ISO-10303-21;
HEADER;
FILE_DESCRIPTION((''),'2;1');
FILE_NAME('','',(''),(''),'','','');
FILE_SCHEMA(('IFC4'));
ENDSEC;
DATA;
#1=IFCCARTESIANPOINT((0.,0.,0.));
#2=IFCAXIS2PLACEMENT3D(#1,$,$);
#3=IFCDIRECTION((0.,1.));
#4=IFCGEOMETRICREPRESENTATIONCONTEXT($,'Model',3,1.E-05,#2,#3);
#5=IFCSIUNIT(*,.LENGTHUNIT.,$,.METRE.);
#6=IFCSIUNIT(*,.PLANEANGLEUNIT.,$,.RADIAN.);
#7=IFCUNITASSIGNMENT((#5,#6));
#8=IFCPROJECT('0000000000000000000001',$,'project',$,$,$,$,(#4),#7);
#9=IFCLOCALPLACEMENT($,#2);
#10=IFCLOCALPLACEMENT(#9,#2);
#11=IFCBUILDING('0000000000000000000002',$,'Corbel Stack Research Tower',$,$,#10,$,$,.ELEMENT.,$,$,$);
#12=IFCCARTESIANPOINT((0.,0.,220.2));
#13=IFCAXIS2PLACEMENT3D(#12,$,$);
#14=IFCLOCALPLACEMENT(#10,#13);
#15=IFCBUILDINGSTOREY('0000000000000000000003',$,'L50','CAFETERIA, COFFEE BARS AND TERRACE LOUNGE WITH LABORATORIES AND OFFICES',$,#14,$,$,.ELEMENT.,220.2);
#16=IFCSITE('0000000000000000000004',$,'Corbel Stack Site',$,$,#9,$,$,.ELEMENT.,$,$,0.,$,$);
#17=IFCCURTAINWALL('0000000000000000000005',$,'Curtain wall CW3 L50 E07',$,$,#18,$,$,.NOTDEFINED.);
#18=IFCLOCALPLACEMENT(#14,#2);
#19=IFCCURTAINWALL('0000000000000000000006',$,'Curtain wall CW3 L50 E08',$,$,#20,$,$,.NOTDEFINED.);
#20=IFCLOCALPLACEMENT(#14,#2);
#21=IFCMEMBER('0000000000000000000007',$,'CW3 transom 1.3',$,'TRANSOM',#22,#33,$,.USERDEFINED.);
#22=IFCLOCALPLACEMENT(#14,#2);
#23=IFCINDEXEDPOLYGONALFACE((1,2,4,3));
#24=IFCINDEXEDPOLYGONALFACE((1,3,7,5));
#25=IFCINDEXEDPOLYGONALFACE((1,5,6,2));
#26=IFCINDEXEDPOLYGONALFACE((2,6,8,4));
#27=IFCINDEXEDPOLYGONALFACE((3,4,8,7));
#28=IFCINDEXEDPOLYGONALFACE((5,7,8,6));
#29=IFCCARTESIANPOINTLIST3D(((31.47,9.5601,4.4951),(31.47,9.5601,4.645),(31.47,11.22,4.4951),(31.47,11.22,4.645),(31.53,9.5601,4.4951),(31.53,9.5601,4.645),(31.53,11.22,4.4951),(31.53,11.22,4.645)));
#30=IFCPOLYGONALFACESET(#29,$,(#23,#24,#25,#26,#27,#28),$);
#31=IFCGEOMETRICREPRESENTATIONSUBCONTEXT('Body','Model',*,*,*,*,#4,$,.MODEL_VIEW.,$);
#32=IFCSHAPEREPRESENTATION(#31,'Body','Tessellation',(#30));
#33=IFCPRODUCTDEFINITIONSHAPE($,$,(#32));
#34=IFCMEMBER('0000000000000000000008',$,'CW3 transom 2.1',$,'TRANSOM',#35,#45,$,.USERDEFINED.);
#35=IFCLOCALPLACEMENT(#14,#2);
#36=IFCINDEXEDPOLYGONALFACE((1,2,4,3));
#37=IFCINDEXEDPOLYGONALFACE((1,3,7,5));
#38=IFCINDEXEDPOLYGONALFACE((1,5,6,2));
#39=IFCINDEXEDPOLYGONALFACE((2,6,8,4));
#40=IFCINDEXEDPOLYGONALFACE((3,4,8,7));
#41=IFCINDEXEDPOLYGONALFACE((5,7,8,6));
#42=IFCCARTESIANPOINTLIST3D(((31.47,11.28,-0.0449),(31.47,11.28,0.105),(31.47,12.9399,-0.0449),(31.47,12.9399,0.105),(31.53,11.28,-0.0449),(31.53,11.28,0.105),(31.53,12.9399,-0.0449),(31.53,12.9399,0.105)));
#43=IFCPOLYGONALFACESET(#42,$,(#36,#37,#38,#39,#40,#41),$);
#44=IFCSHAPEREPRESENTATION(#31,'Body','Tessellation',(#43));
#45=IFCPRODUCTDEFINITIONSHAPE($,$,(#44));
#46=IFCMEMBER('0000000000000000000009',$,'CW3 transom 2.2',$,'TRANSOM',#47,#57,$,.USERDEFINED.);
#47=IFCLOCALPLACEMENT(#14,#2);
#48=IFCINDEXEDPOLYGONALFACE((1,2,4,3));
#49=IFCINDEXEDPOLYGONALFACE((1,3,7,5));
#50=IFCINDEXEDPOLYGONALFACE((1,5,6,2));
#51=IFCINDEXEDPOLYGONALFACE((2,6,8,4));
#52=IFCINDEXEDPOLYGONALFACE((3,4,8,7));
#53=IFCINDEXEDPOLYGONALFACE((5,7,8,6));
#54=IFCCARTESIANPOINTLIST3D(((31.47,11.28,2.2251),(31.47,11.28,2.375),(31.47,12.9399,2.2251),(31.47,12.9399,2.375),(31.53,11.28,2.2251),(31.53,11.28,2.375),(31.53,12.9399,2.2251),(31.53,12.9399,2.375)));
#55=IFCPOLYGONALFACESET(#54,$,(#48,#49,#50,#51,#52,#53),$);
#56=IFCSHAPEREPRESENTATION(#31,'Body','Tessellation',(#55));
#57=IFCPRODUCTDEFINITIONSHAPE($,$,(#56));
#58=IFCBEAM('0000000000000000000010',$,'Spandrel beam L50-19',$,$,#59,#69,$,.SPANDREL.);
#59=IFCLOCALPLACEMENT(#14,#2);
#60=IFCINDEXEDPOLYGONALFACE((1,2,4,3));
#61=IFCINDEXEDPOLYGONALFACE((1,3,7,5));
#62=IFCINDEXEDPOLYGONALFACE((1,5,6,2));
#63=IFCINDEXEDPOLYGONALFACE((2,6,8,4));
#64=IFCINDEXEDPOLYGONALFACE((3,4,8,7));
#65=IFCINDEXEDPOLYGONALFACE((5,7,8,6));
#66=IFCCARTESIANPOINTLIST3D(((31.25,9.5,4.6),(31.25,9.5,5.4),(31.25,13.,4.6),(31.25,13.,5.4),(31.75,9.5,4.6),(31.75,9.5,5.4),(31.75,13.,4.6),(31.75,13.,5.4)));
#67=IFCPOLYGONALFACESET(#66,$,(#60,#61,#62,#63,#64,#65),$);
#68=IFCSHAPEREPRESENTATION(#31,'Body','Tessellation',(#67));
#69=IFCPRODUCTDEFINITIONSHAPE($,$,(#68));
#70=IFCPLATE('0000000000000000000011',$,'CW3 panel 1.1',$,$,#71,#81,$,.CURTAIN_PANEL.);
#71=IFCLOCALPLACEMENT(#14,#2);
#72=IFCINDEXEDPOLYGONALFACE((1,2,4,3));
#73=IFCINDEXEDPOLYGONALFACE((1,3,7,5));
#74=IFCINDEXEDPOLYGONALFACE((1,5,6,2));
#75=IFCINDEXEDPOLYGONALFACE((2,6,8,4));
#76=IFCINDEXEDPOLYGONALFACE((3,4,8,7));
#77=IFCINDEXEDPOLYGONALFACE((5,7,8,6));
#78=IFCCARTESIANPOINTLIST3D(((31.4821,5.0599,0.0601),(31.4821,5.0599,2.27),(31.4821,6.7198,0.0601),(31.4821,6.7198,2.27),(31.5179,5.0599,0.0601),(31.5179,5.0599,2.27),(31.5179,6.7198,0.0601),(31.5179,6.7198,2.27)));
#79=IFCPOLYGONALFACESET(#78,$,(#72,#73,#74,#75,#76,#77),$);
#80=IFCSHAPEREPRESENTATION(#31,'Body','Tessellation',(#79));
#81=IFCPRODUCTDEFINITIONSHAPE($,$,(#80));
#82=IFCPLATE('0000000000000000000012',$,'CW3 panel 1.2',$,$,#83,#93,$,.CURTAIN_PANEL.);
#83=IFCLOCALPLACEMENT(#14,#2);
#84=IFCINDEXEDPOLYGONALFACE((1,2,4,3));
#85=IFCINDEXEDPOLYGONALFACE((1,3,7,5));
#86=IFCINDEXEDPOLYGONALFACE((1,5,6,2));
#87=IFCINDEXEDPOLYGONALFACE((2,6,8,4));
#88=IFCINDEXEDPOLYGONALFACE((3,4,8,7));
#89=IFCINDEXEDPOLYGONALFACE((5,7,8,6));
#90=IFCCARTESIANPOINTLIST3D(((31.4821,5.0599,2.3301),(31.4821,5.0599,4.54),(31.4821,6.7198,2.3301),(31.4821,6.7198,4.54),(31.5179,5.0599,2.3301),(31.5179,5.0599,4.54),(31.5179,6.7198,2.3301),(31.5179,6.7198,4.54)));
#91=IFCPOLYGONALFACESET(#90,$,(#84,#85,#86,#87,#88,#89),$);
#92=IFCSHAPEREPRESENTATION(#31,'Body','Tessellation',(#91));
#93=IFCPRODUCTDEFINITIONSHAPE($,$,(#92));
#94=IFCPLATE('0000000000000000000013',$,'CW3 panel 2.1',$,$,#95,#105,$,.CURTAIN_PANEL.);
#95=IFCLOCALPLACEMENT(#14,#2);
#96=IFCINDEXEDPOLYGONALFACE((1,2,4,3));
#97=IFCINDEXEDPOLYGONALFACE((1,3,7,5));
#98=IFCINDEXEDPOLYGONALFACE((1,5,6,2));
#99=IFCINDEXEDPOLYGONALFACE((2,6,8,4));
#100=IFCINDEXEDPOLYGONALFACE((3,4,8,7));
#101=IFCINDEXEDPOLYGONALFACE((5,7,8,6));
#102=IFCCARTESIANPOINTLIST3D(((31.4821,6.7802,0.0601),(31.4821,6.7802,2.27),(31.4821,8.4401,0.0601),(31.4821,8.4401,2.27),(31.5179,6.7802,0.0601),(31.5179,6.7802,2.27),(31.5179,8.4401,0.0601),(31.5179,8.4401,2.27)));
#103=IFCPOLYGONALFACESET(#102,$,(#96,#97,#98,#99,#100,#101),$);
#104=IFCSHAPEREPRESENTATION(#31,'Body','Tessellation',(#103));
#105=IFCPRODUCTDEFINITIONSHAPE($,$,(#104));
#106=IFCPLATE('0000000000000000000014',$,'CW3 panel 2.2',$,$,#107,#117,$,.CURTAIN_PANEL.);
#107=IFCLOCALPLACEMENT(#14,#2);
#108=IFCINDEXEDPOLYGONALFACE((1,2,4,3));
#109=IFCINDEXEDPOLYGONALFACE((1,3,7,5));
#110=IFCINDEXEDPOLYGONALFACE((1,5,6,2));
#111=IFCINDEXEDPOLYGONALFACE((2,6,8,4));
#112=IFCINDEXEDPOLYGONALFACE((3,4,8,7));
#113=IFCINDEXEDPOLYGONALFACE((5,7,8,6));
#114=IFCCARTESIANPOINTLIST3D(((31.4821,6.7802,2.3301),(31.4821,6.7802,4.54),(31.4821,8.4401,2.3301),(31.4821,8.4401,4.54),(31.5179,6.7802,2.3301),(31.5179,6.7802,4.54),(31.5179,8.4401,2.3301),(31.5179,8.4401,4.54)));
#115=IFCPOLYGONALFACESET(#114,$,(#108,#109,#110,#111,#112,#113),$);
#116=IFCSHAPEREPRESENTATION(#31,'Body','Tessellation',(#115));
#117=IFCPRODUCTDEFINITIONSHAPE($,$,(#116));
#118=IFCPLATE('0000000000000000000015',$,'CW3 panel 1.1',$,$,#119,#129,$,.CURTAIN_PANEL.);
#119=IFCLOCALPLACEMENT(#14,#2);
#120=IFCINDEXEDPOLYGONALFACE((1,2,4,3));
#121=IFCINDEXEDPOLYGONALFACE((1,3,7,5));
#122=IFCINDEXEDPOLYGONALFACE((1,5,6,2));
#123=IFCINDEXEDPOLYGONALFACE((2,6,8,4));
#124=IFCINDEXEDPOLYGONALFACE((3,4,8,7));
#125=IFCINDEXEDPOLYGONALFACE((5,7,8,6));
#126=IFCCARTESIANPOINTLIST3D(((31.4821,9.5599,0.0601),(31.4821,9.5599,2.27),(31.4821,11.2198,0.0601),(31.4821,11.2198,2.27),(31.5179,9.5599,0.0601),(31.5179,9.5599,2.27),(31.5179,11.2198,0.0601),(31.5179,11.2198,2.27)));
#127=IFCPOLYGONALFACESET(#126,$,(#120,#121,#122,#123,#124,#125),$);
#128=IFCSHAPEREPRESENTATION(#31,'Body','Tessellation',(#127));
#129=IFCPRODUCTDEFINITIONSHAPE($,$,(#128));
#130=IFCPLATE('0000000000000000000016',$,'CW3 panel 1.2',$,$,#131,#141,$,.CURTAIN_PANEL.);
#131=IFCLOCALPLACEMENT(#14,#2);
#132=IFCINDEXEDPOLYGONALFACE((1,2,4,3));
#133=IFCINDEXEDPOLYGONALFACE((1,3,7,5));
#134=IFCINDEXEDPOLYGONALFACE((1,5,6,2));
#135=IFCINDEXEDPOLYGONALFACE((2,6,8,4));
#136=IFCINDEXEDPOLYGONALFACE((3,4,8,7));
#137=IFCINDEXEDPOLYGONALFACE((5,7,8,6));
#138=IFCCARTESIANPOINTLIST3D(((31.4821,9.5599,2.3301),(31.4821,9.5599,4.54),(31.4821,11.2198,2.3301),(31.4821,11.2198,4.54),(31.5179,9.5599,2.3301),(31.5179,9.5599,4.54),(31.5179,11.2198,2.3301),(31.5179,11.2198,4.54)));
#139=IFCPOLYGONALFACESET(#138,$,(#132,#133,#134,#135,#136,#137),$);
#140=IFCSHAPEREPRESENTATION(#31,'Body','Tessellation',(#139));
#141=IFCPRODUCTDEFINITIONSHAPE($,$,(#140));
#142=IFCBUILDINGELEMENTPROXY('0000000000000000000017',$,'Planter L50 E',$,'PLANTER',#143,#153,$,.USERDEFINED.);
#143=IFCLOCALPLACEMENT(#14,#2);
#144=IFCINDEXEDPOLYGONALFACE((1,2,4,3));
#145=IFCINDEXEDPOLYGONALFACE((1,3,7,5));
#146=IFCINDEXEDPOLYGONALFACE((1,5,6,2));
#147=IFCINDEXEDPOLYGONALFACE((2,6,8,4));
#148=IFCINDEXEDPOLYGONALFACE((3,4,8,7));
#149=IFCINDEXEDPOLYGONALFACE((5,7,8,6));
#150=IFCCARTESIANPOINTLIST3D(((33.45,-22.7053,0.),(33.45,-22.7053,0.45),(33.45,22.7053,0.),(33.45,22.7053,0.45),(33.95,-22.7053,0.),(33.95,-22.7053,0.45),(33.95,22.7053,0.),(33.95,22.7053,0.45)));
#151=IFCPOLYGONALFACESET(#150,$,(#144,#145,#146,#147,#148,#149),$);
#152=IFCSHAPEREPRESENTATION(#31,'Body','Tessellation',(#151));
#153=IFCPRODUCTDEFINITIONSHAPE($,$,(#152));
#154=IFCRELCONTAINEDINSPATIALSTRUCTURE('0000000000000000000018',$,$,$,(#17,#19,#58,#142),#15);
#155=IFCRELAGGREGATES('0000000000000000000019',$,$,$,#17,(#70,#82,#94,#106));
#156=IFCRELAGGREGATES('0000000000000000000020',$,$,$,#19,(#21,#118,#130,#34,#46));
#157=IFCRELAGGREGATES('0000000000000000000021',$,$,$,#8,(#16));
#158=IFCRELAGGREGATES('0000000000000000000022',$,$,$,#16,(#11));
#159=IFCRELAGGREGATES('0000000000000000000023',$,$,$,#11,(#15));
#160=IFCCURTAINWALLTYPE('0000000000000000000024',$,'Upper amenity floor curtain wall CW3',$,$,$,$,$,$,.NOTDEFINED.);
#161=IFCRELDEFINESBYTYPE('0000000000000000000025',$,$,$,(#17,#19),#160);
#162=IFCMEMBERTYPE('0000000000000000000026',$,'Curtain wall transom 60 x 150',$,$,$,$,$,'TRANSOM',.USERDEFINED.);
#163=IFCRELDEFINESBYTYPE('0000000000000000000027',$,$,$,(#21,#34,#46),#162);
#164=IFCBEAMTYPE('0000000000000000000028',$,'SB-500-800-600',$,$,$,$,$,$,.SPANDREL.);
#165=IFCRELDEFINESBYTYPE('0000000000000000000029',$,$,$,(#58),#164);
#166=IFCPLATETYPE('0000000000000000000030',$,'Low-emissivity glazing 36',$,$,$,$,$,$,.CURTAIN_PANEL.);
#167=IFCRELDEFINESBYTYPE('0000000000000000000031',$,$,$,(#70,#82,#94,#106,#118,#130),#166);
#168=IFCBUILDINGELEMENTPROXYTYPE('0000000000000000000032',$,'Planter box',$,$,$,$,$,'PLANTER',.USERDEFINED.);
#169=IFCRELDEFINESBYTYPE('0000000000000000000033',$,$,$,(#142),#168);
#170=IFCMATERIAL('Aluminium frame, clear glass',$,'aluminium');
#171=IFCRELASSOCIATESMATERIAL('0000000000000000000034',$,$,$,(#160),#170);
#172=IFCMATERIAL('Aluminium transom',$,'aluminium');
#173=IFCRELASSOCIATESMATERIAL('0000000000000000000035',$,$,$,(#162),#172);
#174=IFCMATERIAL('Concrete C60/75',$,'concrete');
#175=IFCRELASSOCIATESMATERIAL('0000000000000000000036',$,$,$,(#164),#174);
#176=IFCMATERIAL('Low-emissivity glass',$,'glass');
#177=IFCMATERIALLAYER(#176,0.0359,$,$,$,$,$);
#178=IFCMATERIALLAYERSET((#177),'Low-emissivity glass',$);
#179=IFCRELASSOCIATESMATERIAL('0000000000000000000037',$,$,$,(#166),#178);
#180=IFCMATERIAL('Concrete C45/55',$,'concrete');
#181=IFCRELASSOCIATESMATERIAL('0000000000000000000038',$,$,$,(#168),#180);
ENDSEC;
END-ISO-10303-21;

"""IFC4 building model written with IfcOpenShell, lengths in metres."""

from ifc_helpers import new_model, si_unit, direction, frame, origin, origin_2d, place, context, subcontext, project, spatial, rectangle, extrude, material, layer, layer_set, material_profile, profile_set, type_object, element, aggregate, save


model = new_model("IFC4")

# Units and contexts
model_context = context("Model", 3, precision=1e-05, world=origin(), true_north=direction((0.0, 1.0)))
body_context = subcontext(model_context, "Body", "Model", "MODEL_VIEW")
ifc_project = project(units=[si_unit("LENGTHUNIT", "METRE"), si_unit("PLANEANGLEUNIT", "RADIAN")], contexts=[model_context])

# Site, building, storey
site_placement = place(None, origin())
site = spatial("IfcSite", under=ifc_project, at=site_placement, Name="Corbel Stack Site", CompositionType="ELEMENT", RefElevation=0.0)
building_placement = place(site_placement, origin())
building = spatial("IfcBuilding", under=site, at=building_placement, Name="Corbel Stack Research Tower", CompositionType="ELEMENT")
storey_placement = place(building_placement, frame((0.0, 0.0, 220.2)))
storey = spatial("IfcBuildingStorey", under=building, at=storey_placement, Name="L50", Description="CAFETERIA, COFFEE BARS AND TERRACE LOUNGE WITH LABORATORIES AND OFFICES", CompositionType="ELEMENT", Elevation=220.2)

# Curtain walls
ifc_material_1 = material(Name="Aluminium frame, clear glass", Category="aluminium")
curtain_wall_type = type_object("IfcCurtainWallType", Name="Upper amenity floor curtain wall CW3", PredefinedType="NOTDEFINED", material=ifc_material_1)
curtain_wall_1_placement = place(storey_placement, origin())
curtain_wall_1 = element("IfcCurtainWall", 1, at=curtain_wall_1_placement, inside=storey, type_object=curtain_wall_type, Name="Curtain wall CW3 L50 E07", PredefinedType="NOTDEFINED")
curtain_wall_2_placement = place(storey_placement, origin())
curtain_wall_2 = element("IfcCurtainWall", 2, at=curtain_wall_2_placement, inside=storey, type_object=curtain_wall_type, Name="Curtain wall CW3 L50 E08", PredefinedType="NOTDEFINED")

# Members
ifc_material_2 = material(Name="Aluminium transom", Category="aluminium")
ifc_material_profile_1 = material_profile(ifc_material_2, rectangle(XDim=0.0601, YDim=0.1499, at=origin_2d()), Name="Transom 60 x 150")
ifc_profile_set_1 = profile_set([ifc_material_profile_1], Name="Aluminium transom")
member_type_1 = type_object("IfcMemberType", Name="Curtain wall transom 60 x 150", ElementType="TRANSOM", PredefinedType="USERDEFINED", material=ifc_profile_set_1)
member_1_placement = place(storey_placement, frame((31.5, 9.5601, 4.5701), z_axis=(0.0, 1.0, 0.0), x_axis=(-1.0, 0.0, 0.0)))
member_1 = element("IfcMember", 3, at=member_1_placement, type_object=member_type_1, Name="CW3 transom 1.3", ObjectType="TRANSOM", PredefinedType="USERDEFINED", context=body_context, shape_type="SweptSolid", body=[
    extrude(rectangle(XDim=0.0601, YDim=0.1499, at=origin_2d()), origin(), (0.0, 0.0, 1.0), 1.6599),
])
member_2_placement = place(storey_placement, frame((31.5, 11.28, 0.03), z_axis=(0.0, 1.0, 0.0), x_axis=(-1.0, 0.0, 0.0)))
member_2 = element("IfcMember", 4, at=member_2_placement, type_object=member_type_1, Name="CW3 transom 2.1", ObjectType="TRANSOM", PredefinedType="USERDEFINED", context=body_context, shape_type="SweptSolid", body=[
    extrude(rectangle(XDim=0.0601, YDim=0.1499, at=origin_2d()), origin(), (0.0, 0.0, 1.0), 1.6599),
])
member_3_placement = place(storey_placement, frame((31.5, 11.28, 2.3), z_axis=(0.0, 1.0, 0.0), x_axis=(-1.0, 0.0, 0.0)))
member_3 = element("IfcMember", 5, at=member_3_placement, type_object=member_type_1, Name="CW3 transom 2.2", ObjectType="TRANSOM", PredefinedType="USERDEFINED", context=body_context, shape_type="SweptSolid", body=[
    extrude(rectangle(XDim=0.0601, YDim=0.1499, at=origin_2d()), origin(), (0.0, 0.0, 1.0), 1.6599),
])

# Beam
ifc_material_3 = material(Name="Concrete C60/75", Category="concrete")
ifc_material_profile_2 = material_profile(ifc_material_3, rectangle(XDim=0.5, YDim=0.8, at=origin_2d()), Name="RC 500 x 800")
ifc_profile_set_2 = profile_set([ifc_material_profile_2], Name="Concrete C60/75")
beam_type = type_object("IfcBeamType", Name="SB-500-800-600", PredefinedType="SPANDREL", material=ifc_profile_set_2)
beam_placement = place(storey_placement, frame((31.5, 9.5, 5.0), z_axis=(0.0, 1.0, 0.0), x_axis=(-1.0, 0.0, 0.0)))
element("IfcBeam", 6, at=beam_placement, inside=storey, type_object=beam_type, Name="Spandrel beam L50-19", PredefinedType="SPANDREL", context=body_context, shape_type="SweptSolid", body=[
    extrude(rectangle(XDim=0.5, YDim=0.8, at=origin_2d()), origin(), (0.0, 0.0, 1.0), 3.5),
])

# Plates
ifc_material_4 = material(Name="Low-emissivity glass", Category="glass")
ifc_layer = layer(ifc_material_4, 0.0359)
ifc_layer_set = layer_set([ifc_layer], Name="Low-emissivity glass")
plate_type = type_object("IfcPlateType", Name="Low-emissivity glazing 36", PredefinedType="CURTAIN_PANEL", material=ifc_layer_set)
plate_1_placement = place(storey_placement, frame((31.5, 5.8899, 0.0601), z_axis=(0.0, 0.0, 1.0), x_axis=(0.0, 1.0, 0.0)))
plate_1 = element("IfcPlate", 7, at=plate_1_placement, type_object=plate_type, Name="CW3 panel 1.1", PredefinedType="CURTAIN_PANEL", context=body_context, shape_type="SweptSolid", body=[
    extrude(rectangle(XDim=1.6599, YDim=0.0359, at=origin_2d()), origin(), (0.0, 0.0, 1.0), 2.21),
])
plate_2_placement = place(storey_placement, frame((31.5, 5.8899, 2.3301), z_axis=(0.0, 0.0, 1.0), x_axis=(0.0, 1.0, 0.0)))
plate_2 = element("IfcPlate", 8, at=plate_2_placement, type_object=plate_type, Name="CW3 panel 1.2", PredefinedType="CURTAIN_PANEL", context=body_context, shape_type="SweptSolid", body=[
    extrude(rectangle(XDim=1.6599, YDim=0.0359, at=origin_2d()), origin(), (0.0, 0.0, 1.0), 2.21),
])
plate_3_placement = place(storey_placement, frame((31.5, 7.6101, 0.0601), z_axis=(0.0, 0.0, 1.0), x_axis=(0.0, 1.0, 0.0)))
plate_3 = element("IfcPlate", 9, at=plate_3_placement, type_object=plate_type, Name="CW3 panel 2.1", PredefinedType="CURTAIN_PANEL", context=body_context, shape_type="SweptSolid", body=[
    extrude(rectangle(XDim=1.6599, YDim=0.0359, at=origin_2d()), origin(), (0.0, 0.0, 1.0), 2.21),
])
plate_4_placement = place(storey_placement, frame((31.5, 7.6101, 2.3301), z_axis=(0.0, 0.0, 1.0), x_axis=(0.0, 1.0, 0.0)))
plate_4 = element("IfcPlate", 10, at=plate_4_placement, type_object=plate_type, Name="CW3 panel 2.2", PredefinedType="CURTAIN_PANEL", context=body_context, shape_type="SweptSolid", body=[
    extrude(rectangle(XDim=1.6599, YDim=0.0359, at=origin_2d()), origin(), (0.0, 0.0, 1.0), 2.21),
])
aggregate(curtain_wall_1, [plate_1, plate_2, plate_3, plate_4])
plate_5_placement = place(storey_placement, frame((31.5, 10.3899, 0.0601), z_axis=(0.0, 0.0, 1.0), x_axis=(0.0, 1.0, 0.0)))
plate_5 = element("IfcPlate", 11, at=plate_5_placement, type_object=plate_type, Name="CW3 panel 1.1", PredefinedType="CURTAIN_PANEL", context=body_context, shape_type="SweptSolid", body=[
    extrude(rectangle(XDim=1.6599, YDim=0.0359, at=origin_2d()), origin(), (0.0, 0.0, 1.0), 2.21),
])
plate_6_placement = place(storey_placement, frame((31.5, 10.3899, 2.3301), z_axis=(0.0, 0.0, 1.0), x_axis=(0.0, 1.0, 0.0)))
plate_6 = element("IfcPlate", 12, at=plate_6_placement, type_object=plate_type, Name="CW3 panel 1.2", PredefinedType="CURTAIN_PANEL", context=body_context, shape_type="SweptSolid", body=[
    extrude(rectangle(XDim=1.6599, YDim=0.0359, at=origin_2d()), origin(), (0.0, 0.0, 1.0), 2.21),
])
aggregate(curtain_wall_2, [member_1, plate_5, plate_6, member_2, member_3])

# Building element proxy
ifc_material_5 = material(Name="Concrete C45/55", Category="concrete")
building_element_proxy_type = type_object("IfcBuildingElementProxyType", Name="Planter box", ElementType="PLANTER", PredefinedType="USERDEFINED", material=ifc_material_5)
proxy_placement = place(storey_placement, frame((33.7, 0.0, 0.0), z_axis=(0.0, 0.0, 1.0), x_axis=(0.0, 1.0, 0.0)))
element("IfcBuildingElementProxy", 13, at=proxy_placement, inside=storey, type_object=building_element_proxy_type, Name="Planter L50 E", ObjectType="PLANTER", PredefinedType="USERDEFINED", context=body_context, shape_type="SweptSolid", body=[
    extrude(rectangle(XDim=45.4106, YDim=0.5, at=origin_2d()), origin(), (0.0, 0.0, 1.0), 0.45),
])

save(model, "model.ifc")
